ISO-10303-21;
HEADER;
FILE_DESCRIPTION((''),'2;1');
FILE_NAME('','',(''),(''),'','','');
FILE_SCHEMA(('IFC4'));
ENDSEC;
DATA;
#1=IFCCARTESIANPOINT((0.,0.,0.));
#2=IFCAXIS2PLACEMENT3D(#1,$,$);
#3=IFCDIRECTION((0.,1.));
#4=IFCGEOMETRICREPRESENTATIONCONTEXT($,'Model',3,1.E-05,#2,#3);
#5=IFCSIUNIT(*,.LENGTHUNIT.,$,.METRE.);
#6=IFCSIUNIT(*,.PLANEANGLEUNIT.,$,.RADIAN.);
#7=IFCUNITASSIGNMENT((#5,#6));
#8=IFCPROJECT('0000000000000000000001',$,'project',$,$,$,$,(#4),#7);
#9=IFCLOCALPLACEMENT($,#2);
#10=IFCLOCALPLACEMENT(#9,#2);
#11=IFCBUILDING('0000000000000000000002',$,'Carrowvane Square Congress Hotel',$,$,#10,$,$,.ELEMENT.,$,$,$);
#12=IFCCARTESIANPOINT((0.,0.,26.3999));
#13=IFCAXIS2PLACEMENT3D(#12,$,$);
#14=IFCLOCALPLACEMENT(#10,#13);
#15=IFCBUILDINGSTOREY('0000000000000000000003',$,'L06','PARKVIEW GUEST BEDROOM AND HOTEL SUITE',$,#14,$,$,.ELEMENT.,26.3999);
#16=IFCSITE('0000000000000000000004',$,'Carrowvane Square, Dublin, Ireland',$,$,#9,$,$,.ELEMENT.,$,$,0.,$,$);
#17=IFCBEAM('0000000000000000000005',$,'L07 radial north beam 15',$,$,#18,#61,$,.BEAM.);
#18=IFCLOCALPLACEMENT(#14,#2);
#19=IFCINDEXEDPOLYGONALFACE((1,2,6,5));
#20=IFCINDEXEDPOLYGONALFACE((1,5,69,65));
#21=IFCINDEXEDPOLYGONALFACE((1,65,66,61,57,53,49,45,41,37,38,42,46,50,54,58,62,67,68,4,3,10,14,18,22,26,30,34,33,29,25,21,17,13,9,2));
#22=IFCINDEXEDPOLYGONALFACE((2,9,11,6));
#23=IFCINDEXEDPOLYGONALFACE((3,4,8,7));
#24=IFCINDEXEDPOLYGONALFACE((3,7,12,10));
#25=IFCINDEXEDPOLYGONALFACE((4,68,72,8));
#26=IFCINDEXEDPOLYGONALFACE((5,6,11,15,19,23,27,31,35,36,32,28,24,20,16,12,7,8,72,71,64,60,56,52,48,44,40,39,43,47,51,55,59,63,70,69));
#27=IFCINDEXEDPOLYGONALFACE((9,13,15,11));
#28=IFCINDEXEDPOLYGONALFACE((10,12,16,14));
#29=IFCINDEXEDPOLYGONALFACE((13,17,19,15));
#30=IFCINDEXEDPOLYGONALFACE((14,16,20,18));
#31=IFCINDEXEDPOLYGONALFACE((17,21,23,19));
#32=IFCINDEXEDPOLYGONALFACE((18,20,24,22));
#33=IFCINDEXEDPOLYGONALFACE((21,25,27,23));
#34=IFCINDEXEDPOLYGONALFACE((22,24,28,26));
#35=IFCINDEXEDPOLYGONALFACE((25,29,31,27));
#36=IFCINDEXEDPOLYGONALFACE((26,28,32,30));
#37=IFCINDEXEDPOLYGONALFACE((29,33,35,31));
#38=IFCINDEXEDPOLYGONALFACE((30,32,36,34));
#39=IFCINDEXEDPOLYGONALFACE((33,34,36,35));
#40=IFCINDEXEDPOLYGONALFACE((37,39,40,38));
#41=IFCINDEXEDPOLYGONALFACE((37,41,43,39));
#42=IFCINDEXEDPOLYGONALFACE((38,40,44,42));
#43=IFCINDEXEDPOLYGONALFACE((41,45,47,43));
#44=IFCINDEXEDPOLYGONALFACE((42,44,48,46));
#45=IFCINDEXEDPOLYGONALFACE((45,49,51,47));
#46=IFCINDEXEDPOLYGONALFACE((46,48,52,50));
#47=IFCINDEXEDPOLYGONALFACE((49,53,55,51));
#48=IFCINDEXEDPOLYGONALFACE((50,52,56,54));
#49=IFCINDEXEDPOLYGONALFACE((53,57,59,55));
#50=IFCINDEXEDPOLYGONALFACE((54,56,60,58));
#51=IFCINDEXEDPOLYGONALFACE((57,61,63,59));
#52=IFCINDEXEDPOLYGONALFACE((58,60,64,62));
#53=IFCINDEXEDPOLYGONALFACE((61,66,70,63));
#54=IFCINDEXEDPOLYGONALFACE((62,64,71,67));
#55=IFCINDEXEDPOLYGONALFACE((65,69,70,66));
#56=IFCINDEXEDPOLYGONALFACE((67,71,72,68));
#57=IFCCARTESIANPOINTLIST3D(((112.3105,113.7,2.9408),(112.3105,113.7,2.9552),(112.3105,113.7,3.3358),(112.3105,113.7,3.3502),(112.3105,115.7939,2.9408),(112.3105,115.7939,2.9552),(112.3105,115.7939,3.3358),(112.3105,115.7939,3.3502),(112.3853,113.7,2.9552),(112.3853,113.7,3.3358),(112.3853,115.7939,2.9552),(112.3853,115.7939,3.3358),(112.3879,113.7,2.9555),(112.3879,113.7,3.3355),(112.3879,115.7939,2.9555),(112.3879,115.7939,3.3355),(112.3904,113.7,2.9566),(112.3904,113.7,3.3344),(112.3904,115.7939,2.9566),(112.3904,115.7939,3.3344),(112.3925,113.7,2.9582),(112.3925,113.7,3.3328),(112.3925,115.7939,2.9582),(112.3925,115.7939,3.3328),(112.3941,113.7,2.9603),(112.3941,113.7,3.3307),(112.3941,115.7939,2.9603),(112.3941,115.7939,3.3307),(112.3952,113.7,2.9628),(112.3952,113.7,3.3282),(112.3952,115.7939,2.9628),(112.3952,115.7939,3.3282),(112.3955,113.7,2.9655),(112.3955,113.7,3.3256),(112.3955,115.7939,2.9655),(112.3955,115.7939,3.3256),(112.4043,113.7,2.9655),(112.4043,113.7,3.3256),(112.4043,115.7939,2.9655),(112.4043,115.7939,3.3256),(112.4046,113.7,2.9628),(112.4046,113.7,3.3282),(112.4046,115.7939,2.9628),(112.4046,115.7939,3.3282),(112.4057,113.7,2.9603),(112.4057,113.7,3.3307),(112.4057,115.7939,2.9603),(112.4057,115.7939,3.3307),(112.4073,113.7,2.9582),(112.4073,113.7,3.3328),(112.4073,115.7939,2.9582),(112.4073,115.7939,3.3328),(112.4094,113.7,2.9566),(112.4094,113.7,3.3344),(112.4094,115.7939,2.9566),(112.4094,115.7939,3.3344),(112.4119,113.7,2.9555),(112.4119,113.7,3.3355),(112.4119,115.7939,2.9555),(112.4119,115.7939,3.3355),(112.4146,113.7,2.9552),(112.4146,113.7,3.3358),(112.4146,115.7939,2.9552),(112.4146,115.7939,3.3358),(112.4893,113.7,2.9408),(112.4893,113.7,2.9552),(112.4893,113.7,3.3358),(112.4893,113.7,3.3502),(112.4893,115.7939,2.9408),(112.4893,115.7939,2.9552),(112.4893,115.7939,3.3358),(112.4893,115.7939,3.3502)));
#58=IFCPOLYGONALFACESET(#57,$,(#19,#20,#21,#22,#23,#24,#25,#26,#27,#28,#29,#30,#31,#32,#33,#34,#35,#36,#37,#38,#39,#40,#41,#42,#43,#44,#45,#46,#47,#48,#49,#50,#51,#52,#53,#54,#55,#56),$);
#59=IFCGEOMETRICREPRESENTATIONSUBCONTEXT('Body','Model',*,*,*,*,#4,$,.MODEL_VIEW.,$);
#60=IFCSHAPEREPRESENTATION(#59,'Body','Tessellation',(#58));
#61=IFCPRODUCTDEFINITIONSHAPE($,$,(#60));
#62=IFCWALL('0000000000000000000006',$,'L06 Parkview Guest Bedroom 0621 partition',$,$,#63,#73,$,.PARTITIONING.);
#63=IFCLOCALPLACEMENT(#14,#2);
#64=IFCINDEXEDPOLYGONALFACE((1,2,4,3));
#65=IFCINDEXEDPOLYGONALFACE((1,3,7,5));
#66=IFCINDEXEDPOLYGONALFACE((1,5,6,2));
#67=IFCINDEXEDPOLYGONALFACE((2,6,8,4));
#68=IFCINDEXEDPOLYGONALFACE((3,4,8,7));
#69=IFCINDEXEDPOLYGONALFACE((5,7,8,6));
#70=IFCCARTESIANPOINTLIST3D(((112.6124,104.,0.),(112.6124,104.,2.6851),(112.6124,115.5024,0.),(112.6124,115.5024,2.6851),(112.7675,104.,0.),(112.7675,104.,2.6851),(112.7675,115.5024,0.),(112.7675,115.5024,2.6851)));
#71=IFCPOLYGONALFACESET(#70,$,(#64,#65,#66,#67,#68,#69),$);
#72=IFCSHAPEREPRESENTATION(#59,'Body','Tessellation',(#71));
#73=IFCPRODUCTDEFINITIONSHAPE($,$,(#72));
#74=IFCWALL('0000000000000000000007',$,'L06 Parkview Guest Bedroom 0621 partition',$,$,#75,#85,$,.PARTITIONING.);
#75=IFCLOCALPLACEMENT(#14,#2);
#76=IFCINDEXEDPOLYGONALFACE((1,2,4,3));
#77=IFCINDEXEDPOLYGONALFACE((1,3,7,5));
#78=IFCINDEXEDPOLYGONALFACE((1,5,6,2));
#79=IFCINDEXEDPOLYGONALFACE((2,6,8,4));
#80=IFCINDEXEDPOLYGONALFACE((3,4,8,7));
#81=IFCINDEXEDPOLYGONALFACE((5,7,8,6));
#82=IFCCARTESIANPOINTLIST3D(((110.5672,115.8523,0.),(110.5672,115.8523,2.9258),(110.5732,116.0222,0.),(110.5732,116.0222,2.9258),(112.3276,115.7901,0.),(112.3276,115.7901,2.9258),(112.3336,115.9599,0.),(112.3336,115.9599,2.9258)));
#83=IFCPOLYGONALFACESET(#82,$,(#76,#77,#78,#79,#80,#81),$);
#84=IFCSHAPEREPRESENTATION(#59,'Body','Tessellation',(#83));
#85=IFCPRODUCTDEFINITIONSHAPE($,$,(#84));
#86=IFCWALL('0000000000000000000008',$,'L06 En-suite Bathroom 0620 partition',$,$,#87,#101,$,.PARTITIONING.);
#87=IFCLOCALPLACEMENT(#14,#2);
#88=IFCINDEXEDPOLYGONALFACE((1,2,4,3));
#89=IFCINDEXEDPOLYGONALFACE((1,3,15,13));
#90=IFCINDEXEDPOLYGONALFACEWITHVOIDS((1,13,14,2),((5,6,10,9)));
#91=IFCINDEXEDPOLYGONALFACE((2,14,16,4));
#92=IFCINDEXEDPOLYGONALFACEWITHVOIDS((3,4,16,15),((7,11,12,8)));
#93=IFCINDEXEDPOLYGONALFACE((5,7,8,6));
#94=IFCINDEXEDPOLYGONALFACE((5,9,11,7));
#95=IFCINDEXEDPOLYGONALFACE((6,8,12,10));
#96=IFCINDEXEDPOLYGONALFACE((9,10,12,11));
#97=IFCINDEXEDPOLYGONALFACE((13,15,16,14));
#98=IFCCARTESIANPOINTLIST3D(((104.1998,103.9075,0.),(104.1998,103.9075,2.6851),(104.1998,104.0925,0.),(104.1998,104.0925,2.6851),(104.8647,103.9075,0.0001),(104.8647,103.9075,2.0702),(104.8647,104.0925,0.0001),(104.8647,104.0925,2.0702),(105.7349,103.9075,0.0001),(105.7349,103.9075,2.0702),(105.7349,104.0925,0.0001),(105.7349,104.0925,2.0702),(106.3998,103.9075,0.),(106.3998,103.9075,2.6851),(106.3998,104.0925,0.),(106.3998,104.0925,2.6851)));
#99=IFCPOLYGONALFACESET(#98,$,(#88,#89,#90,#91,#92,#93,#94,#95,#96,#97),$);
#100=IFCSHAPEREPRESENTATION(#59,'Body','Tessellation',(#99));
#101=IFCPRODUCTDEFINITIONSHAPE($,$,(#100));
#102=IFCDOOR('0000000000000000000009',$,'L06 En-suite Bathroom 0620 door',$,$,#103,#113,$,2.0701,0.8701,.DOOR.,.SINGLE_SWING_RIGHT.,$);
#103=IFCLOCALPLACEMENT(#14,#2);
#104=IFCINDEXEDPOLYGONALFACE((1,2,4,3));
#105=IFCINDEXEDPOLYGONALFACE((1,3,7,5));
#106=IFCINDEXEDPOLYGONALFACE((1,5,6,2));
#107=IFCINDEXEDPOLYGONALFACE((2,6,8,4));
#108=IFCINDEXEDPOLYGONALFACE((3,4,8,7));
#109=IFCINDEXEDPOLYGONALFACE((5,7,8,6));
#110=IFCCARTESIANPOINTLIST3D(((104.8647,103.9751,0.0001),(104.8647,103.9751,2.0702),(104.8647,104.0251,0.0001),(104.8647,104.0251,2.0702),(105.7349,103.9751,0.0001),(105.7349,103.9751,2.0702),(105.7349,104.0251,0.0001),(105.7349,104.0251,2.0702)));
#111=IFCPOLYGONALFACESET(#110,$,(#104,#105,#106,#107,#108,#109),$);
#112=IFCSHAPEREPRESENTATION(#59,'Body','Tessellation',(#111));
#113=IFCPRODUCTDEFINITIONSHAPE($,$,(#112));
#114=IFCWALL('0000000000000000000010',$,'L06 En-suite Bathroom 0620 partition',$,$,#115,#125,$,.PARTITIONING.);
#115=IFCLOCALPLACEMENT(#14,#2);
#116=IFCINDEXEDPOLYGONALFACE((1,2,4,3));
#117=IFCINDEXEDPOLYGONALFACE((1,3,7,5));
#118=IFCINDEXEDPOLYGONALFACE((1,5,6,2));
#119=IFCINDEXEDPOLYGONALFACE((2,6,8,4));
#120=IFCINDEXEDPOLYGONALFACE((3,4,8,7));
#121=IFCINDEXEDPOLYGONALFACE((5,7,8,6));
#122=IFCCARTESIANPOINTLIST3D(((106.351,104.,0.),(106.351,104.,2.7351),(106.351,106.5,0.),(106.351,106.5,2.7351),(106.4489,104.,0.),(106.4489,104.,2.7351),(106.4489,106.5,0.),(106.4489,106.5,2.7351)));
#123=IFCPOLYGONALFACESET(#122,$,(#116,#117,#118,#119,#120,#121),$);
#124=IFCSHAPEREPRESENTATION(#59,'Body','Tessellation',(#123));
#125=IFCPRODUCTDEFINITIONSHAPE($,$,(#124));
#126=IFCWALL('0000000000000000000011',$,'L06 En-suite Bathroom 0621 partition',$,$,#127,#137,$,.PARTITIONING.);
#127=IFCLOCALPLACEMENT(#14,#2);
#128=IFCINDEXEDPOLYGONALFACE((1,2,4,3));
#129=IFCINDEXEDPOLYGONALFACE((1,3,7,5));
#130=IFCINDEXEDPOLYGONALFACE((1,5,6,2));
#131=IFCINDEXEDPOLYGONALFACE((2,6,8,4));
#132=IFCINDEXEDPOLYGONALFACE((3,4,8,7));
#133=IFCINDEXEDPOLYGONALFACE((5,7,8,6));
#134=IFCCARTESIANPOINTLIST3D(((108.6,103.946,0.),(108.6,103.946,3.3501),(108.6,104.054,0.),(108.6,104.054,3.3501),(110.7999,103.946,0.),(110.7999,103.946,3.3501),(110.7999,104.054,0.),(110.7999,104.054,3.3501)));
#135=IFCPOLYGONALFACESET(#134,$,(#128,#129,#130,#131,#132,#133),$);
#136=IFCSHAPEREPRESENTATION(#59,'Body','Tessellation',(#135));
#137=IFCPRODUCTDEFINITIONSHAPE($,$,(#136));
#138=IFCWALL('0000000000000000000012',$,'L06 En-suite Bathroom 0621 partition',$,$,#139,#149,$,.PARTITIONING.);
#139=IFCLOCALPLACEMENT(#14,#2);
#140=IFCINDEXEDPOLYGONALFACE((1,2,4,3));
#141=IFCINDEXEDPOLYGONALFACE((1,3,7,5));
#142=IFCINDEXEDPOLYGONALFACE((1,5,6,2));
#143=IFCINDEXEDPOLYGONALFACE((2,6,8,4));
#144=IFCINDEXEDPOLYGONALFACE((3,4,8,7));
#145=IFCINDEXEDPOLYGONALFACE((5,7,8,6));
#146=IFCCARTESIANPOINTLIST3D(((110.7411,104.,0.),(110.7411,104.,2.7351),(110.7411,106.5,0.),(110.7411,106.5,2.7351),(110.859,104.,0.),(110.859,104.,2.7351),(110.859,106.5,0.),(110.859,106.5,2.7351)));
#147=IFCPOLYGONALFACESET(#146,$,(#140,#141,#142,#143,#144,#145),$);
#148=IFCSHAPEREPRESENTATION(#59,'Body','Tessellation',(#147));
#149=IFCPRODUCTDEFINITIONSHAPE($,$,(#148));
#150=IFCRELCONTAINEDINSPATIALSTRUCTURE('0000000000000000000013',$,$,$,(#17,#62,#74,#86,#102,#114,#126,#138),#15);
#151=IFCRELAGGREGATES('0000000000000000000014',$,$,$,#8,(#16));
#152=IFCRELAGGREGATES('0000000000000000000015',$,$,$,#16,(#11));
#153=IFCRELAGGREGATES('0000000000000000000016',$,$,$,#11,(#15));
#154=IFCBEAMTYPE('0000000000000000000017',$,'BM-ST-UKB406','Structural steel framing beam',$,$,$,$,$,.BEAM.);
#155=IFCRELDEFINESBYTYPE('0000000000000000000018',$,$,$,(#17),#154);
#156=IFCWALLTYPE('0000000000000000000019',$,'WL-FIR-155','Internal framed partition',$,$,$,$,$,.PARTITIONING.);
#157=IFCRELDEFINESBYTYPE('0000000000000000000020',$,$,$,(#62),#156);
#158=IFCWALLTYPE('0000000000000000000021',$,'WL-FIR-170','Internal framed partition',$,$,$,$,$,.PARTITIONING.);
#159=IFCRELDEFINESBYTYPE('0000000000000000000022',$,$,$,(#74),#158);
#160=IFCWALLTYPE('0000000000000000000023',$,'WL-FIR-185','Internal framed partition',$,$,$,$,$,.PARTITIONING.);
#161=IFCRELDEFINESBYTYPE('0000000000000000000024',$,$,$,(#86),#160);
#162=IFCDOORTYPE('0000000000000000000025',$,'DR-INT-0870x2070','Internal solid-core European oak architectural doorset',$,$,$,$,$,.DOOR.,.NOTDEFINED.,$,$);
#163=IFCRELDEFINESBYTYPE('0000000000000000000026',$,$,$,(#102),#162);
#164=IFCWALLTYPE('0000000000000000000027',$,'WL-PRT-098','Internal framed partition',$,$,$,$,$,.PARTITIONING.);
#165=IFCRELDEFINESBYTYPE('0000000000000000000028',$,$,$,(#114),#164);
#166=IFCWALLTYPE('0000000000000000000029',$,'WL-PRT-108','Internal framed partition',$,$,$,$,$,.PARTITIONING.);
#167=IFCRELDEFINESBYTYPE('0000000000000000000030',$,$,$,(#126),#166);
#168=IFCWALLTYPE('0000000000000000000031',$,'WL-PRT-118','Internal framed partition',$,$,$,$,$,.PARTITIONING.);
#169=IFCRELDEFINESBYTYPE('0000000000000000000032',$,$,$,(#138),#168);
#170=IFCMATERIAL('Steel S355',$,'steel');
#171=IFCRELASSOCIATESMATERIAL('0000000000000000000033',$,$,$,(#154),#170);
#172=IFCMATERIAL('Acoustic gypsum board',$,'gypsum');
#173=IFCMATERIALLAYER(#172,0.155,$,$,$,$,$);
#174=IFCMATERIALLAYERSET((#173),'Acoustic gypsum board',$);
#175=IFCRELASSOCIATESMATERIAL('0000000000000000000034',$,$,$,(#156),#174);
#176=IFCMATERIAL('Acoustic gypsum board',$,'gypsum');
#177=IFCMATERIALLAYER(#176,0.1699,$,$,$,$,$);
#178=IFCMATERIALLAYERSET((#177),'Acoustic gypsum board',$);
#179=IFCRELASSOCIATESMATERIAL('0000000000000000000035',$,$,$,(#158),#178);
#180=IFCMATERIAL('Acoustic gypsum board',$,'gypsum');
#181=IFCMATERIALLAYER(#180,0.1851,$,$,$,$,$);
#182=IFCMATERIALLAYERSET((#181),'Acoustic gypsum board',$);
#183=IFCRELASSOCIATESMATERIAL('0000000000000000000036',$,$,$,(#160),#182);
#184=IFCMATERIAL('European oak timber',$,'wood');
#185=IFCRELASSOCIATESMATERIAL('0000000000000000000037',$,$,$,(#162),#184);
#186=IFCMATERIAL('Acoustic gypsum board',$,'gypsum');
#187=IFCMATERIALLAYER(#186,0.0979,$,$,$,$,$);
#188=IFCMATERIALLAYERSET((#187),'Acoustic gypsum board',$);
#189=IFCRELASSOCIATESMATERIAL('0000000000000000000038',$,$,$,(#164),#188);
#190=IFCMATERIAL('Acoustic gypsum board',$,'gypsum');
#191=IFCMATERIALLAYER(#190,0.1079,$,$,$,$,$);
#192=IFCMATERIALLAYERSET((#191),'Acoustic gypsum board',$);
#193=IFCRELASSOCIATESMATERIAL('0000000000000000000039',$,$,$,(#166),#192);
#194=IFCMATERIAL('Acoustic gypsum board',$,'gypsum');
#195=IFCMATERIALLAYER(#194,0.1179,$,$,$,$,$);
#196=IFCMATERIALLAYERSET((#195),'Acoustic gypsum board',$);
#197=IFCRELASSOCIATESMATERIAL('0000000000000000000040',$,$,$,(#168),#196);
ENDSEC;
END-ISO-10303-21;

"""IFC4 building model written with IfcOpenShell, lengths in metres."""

from ifc_helpers import new_model, si_unit, direction, frame, frame_2d, origin, origin_2d, place, context, subcontext, project, spatial, rectangle, i_section, extrude, material, layer, layer_set, material_profile, profile_set, type_object, element, fill, save


model = new_model("IFC4")

# Units and contexts
model_context = context("Model", 3, precision=1e-05, world=origin(), true_north=direction((0.0, 1.0)))
body_context = subcontext(model_context, "Body", "Model", "MODEL_VIEW")
ifc_project = project(units=[si_unit("LENGTHUNIT", "METRE"), si_unit("PLANEANGLEUNIT", "RADIAN")], contexts=[model_context])

# Site, building, storey
site_placement = place(None, origin())
site = spatial("IfcSite", under=ifc_project, at=site_placement, Name="Carrowvane Square, Dublin, Ireland", CompositionType="ELEMENT", RefElevation=0.0)
building_placement = place(site_placement, origin())
building = spatial("IfcBuilding", under=site, at=building_placement, Name="Carrowvane Square Congress Hotel", CompositionType="ELEMENT")
storey_placement = place(building_placement, frame((0.0, 0.0, 26.3999)))
storey = spatial("IfcBuildingStorey", under=building, at=storey_placement, Name="L06", Description="PARKVIEW GUEST BEDROOM AND HOTEL SUITE", CompositionType="ELEMENT", Elevation=26.3999)

# Beam
ifc_material_1 = material(Name="Steel S355", Category="steel")
ifc_material_profile_1 = material_profile(ifc_material_1, i_section(OverallWidth=0.1787, OverallDepth=0.4094, WebThickness=0.0088, FlangeThickness=0.0144, FilletRadius=0.0103, at=origin_2d()), Name="UKB 406x178x67")
ifc_profile_set_1 = profile_set([ifc_material_profile_1], Name="Steel S355")
beam_type_1 = type_object("IfcBeamType", Name="BM-ST-UKB406", Description="Structural steel framing beam", PredefinedType="BEAM", material=ifc_profile_set_1)
beam_1_placement = place(storey_placement, frame((112.3999, 113.7, 3.1455), z_axis=(0.0, 1.0, 0.0), x_axis=(-1.0, 0.0, 0.0)))
element("IfcBeam", 1, at=beam_1_placement, inside=storey, type_object=beam_type_1, Name="L07 radial north beam 15", PredefinedType="BEAM", context=body_context, shape_type="SweptSolid", body=[
    extrude(i_section(OverallWidth=0.1787, OverallDepth=0.4094, WebThickness=0.0088, FlangeThickness=0.0144, FilletRadius=0.0103, at=origin_2d()), origin(), (0.0, 0.0, 1.0), 2.094),
])

# Wall
ifc_material_2 = material(Name="Acoustic gypsum board", Category="gypsum")
ifc_layer_1 = layer(ifc_material_2, 0.155)
ifc_layer_set_1 = layer_set([ifc_layer_1], Name="Acoustic gypsum board")
wall_type_1 = type_object("IfcWallType", Name="WL-FIR-155", Description="Internal framed partition", PredefinedType="PARTITIONING", material=ifc_layer_set_1)
wall_1_placement = place(storey_placement, frame((112.6899, 115.5024, 0.0), z_axis=(0.0, 0.0, 1.0), x_axis=(0.0, -1.0, 0.0)))
element("IfcWall", 2, at=wall_1_placement, inside=storey, type_object=wall_type_1, Name="L06 Parkview Guest Bedroom 0621 partition", PredefinedType="PARTITIONING", context=body_context, shape_type="SweptSolid", body=[
    extrude(rectangle(XDim=11.5024, YDim=0.155, at=frame_2d((5.7512, 0.0))), origin(), (0.0, 0.0, 1.0), 2.6851),
])

# Shared definitions
ifc_material_3 = material(Name="Acoustic gypsum board", Category="gypsum")
ifc_layer_2 = layer(ifc_material_3, 0.1699)
ifc_layer_set_2 = layer_set([ifc_layer_2], Name="Acoustic gypsum board")
wall_type_2 = type_object("IfcWallType", Name="WL-FIR-170", Description="Internal framed partition", PredefinedType="PARTITIONING", material=ifc_layer_set_2)

# Wall
wall_2_placement = place(storey_placement, frame((110.5701, 115.9373, 0.0), z_axis=(0.0, 0.0, 1.0), x_axis=(0.999375, -0.035345, 0.0)))
element("IfcWall", 3, at=wall_2_placement, inside=storey, type_object=wall_type_2, Name="L06 Parkview Guest Bedroom 0621 partition", PredefinedType="PARTITIONING", context=body_context, shape_type="SweptSolid", body=[
    extrude(rectangle(XDim=1.7615, YDim=0.1699, at=frame_2d((0.8809, 0.0))), origin(), (0.0, 0.0, 1.0), 2.9258),
])

# Wall, opening, door
ifc_material_4 = material(Name="Acoustic gypsum board", Category="gypsum")
ifc_layer_3 = layer(ifc_material_4, 0.1851)
ifc_layer_set_3 = layer_set([ifc_layer_3], Name="Acoustic gypsum board")
wall_type_3 = type_object("IfcWallType", Name="WL-FIR-185", Description="Internal framed partition", PredefinedType="PARTITIONING", material=ifc_layer_set_3)
wall_3_placement = place(storey_placement, frame((106.3999, 104.0, 0.0), z_axis=(0.0, 0.0, 1.0), x_axis=(-1.0, 0.0, 0.0)))
wall_3 = element("IfcWall", 4, at=wall_3_placement, inside=storey, type_object=wall_type_3, Name="L06 En-suite Bathroom 0620 partition", PredefinedType="PARTITIONING", context=body_context, shape_type="SweptSolid", body=[
    extrude(rectangle(XDim=2.2, YDim=0.1851, at=frame_2d((1.1001, 0.0))), origin(), (0.0, 0.0, 1.0), 2.6851),
])
opening_1_placement = place(wall_3_placement, frame((0.665, 0.0, 0.0)))
opening_1 = element("IfcOpeningElement", 5, at=opening_1_placement, cuts=wall_3, PredefinedType="OPENING", context=body_context, shape_type="SweptSolid", body=[
    extrude(rectangle(XDim=0.8701, YDim=2.0701, at=frame_2d((0.4351, 1.0352))), frame((0.0, 0.1025, 0.0), z_axis=(0.0, -1.0, 0.0), x_axis=(1.0, 0.0, 0.0)), (0.0, 0.0, 1.0), 0.2051),
])
ifc_material_5 = material(Name="European oak timber", Category="wood")
door_type_1 = type_object("IfcDoorType", Name="DR-INT-0870x2070", Description="Internal solid-core European oak architectural doorset", OperationType="NOTDEFINED", PredefinedType="DOOR", material=ifc_material_5)
door_1_placement = place(opening_1_placement, origin())
door_1 = element("IfcDoor", 6, at=door_1_placement, inside=storey, type_object=door_type_1, Name="L06 En-suite Bathroom 0620 door", OperationType="SINGLE_SWING_RIGHT", OverallHeight=2.0701, OverallWidth=0.8701, PredefinedType="DOOR", context=body_context, shape_type="SweptSolid", body=[
    extrude(rectangle(XDim=0.8701, YDim=2.0701, at=frame_2d((0.4351, 1.0352))), frame((0.0, 0.0249, 0.0), z_axis=(0.0, -1.0, 0.0), x_axis=(1.0, 0.0, 0.0)), (0.0, 0.0, 1.0), 0.05),
])
fill(opening_1, door_1)

# Walls
ifc_material_6 = material(Name="Acoustic gypsum board", Category="gypsum")
ifc_layer_4 = layer(ifc_material_6, 0.0979)
ifc_layer_set_4 = layer_set([ifc_layer_4], Name="Acoustic gypsum board")
wall_type_4 = type_object("IfcWallType", Name="WL-PRT-098", Description="Internal framed partition", PredefinedType="PARTITIONING", material=ifc_layer_set_4)
wall_4_placement = place(storey_placement, frame((106.3999, 106.5, 0.0), z_axis=(0.0, 0.0, 1.0), x_axis=(0.0, -1.0, 0.0)))
element("IfcWall", 7, at=wall_4_placement, inside=storey, type_object=wall_type_4, Name="L06 En-suite Bathroom 0620 partition", PredefinedType="PARTITIONING", context=body_context, shape_type="SweptSolid", body=[
    extrude(rectangle(XDim=2.5, YDim=0.0979, at=frame_2d((1.25, 0.0))), origin(), (0.0, 0.0, 1.0), 2.7351),
])
ifc_material_7 = material(Name="Acoustic gypsum board", Category="gypsum")
ifc_layer_5 = layer(ifc_material_7, 0.1079)
ifc_layer_set_5 = layer_set([ifc_layer_5], Name="Acoustic gypsum board")
wall_type_5 = type_object("IfcWallType", Name="WL-PRT-108", Description="Internal framed partition", PredefinedType="PARTITIONING", material=ifc_layer_set_5)
wall_5_placement = place(storey_placement, frame((110.8, 104.0, 0.0), z_axis=(0.0, 0.0, 1.0), x_axis=(-1.0, 0.0, 0.0)))
element("IfcWall", 8, at=wall_5_placement, inside=storey, type_object=wall_type_5, Name="L06 En-suite Bathroom 0621 partition", PredefinedType="PARTITIONING", context=body_context, shape_type="SweptSolid", body=[
    extrude(rectangle(XDim=2.2, YDim=0.1079, at=frame_2d((1.1001, 0.0))), origin(), (0.0, 0.0, 1.0), 3.3501),
])
ifc_material_8 = material(Name="Acoustic gypsum board", Category="gypsum")
ifc_layer_6 = layer(ifc_material_8, 0.1179)
ifc_layer_set_6 = layer_set([ifc_layer_6], Name="Acoustic gypsum board")
wall_type_6 = type_object("IfcWallType", Name="WL-PRT-118", Description="Internal framed partition", PredefinedType="PARTITIONING", material=ifc_layer_set_6)
wall_6_placement = place(storey_placement, frame((110.8, 106.5, 0.0), z_axis=(0.0, 0.0, 1.0), x_axis=(0.0, -1.0, 0.0)))
element("IfcWall", 9, at=wall_6_placement, inside=storey, type_object=wall_type_6, Name="L06 En-suite Bathroom 0621 partition", PredefinedType="PARTITIONING", context=body_context, shape_type="SweptSolid", body=[
    extrude(rectangle(XDim=2.5, YDim=0.1179, at=frame_2d((1.25, 0.0))), origin(), (0.0, 0.0, 1.0), 2.7351),
])

save(model, "model.ifc")
